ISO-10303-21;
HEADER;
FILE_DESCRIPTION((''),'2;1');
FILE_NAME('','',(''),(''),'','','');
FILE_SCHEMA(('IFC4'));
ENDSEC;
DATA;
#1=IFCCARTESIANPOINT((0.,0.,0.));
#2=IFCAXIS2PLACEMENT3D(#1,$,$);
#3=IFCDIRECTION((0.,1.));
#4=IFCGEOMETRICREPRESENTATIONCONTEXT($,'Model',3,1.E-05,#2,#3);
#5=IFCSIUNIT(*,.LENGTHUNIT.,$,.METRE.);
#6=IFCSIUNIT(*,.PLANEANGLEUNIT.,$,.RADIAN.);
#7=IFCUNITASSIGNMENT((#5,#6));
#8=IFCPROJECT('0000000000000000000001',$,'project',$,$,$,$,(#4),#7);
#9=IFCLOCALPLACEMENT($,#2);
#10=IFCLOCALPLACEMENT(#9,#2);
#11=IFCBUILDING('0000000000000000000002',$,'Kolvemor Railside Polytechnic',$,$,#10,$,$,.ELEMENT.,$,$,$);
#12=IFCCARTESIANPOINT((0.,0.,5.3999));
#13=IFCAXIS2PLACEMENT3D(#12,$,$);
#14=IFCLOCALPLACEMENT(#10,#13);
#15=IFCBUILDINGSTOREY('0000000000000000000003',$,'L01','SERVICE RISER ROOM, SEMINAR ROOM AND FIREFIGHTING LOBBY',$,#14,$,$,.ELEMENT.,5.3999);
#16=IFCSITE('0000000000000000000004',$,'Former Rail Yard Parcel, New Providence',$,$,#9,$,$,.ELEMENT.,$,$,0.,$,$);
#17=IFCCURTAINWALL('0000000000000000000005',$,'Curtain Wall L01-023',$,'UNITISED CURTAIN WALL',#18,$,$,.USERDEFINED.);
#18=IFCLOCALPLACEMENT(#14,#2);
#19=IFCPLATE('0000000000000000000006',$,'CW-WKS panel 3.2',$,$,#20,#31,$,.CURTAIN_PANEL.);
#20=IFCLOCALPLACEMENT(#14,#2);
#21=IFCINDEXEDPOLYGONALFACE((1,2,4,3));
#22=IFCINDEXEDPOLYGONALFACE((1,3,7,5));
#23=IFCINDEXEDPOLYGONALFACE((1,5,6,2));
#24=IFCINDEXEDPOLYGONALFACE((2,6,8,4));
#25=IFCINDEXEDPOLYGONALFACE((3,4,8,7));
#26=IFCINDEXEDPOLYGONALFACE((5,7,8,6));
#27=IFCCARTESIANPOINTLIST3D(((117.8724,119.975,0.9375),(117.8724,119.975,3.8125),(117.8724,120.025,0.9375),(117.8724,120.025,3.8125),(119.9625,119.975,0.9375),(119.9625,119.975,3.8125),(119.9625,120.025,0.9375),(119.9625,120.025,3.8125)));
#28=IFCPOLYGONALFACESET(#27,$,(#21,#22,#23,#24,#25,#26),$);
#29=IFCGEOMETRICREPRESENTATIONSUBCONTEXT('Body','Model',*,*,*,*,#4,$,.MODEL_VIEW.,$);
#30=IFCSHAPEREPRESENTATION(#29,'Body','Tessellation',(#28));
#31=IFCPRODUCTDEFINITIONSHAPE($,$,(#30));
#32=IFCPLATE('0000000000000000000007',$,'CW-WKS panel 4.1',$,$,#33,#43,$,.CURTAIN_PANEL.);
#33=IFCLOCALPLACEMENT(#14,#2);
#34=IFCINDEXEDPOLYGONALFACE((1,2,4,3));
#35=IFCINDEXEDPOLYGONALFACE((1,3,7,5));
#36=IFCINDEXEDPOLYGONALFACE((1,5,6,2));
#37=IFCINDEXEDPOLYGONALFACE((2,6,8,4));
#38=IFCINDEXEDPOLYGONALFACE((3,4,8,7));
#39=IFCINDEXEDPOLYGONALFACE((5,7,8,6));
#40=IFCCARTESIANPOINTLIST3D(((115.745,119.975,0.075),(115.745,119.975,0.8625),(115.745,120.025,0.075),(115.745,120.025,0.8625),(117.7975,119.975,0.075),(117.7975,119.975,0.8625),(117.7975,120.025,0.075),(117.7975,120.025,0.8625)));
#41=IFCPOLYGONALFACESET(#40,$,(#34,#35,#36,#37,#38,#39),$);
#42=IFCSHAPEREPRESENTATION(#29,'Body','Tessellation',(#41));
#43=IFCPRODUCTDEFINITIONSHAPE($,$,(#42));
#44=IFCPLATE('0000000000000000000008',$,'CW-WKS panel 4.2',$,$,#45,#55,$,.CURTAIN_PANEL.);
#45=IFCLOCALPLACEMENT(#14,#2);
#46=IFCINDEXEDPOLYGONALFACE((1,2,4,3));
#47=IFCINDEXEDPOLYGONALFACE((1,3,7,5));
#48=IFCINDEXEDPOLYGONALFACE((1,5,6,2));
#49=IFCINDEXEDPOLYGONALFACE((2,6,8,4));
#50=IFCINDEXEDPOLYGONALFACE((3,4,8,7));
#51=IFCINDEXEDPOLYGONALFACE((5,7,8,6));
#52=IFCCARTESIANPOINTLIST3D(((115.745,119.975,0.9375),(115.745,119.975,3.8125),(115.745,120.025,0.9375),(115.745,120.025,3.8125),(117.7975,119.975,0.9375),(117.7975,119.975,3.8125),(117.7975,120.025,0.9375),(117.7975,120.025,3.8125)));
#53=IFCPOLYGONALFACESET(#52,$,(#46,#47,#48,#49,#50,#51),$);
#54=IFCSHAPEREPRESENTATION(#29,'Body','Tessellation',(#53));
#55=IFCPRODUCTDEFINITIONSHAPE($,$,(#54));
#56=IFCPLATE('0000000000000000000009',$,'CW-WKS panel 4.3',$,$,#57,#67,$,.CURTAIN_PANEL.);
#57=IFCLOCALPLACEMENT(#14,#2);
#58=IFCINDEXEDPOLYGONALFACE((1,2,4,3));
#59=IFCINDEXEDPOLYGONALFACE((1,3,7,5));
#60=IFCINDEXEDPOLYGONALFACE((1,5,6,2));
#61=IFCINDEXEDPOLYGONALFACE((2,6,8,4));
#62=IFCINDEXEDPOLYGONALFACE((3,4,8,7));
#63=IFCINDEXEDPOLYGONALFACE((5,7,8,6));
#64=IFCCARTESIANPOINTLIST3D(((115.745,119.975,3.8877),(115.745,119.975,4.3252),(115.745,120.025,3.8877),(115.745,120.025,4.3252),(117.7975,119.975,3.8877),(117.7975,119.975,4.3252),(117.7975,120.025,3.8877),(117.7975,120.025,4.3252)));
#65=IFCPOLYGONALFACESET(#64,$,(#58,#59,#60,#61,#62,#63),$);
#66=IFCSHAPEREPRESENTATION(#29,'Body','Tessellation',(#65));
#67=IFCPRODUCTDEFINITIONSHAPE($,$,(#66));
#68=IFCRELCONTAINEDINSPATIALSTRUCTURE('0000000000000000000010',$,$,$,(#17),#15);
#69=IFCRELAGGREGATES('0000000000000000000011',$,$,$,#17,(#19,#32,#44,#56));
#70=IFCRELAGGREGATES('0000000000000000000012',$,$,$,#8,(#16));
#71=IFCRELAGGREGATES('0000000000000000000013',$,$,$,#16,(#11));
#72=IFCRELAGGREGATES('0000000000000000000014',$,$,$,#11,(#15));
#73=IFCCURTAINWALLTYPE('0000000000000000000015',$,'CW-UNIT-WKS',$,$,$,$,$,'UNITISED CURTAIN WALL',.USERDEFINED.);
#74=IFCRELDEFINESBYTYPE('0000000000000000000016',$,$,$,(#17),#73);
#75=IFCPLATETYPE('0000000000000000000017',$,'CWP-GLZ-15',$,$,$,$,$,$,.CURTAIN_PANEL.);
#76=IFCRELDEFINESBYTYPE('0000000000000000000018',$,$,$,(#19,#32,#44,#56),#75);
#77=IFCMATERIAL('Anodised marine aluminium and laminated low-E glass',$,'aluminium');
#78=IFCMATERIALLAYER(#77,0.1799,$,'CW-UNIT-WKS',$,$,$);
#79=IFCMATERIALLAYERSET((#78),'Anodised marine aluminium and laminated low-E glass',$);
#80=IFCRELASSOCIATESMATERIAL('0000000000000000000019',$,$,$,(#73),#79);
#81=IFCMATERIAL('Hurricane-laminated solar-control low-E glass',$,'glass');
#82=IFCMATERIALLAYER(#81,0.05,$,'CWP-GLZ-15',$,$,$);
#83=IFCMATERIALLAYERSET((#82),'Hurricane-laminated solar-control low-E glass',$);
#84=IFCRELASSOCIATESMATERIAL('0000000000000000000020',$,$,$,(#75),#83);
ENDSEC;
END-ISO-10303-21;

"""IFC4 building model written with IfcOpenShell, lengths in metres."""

from ifc_helpers import new_model, si_unit, direction, frame, origin, origin_2d, place, context, subcontext, project, spatial, rectangle, extrude, material, layer, layer_set, type_object, element, aggregate, save


model = new_model("IFC4")

# Units and contexts
model_context = context("Model", 3, precision=1e-05, world=origin(), true_north=direction((0.0, 1.0)))
body_context = subcontext(model_context, "Body", "Model", "MODEL_VIEW")
ifc_project = project(units=[si_unit("LENGTHUNIT", "METRE"), si_unit("PLANEANGLEUNIT", "RADIAN")], contexts=[model_context])

# Site, building, storey
site_placement = place(None, origin())
site = spatial("IfcSite", under=ifc_project, at=site_placement, Name="Former Rail Yard Parcel, New Providence", CompositionType="ELEMENT", RefElevation=0.0)
building_placement = place(site_placement, origin())
building = spatial("IfcBuilding", under=site, at=building_placement, Name="Kolvemor Railside Polytechnic", CompositionType="ELEMENT")
storey_placement = place(building_placement, frame((0.0, 0.0, 5.3999)))
storey = spatial("IfcBuildingStorey", under=building, at=storey_placement, Name="L01", Description="SERVICE RISER ROOM, SEMINAR ROOM AND FIREFIGHTING LOBBY", CompositionType="ELEMENT", Elevation=5.3999)

# Curtain wall
ifc_material_1 = material(Name="Anodised marine aluminium and laminated low-E glass", Category="aluminium")
ifc_layer_1 = layer(ifc_material_1, 0.1799, Name="CW-UNIT-WKS")
ifc_layer_set_1 = layer_set([ifc_layer_1], Name="Anodised marine aluminium and laminated low-E glass")
curtain_wall_type = type_object("IfcCurtainWallType", Name="CW-UNIT-WKS", ElementType="UNITISED CURTAIN WALL", PredefinedType="USERDEFINED", material=ifc_layer_set_1)
curtain_wall_1_placement = place(storey_placement, origin())
curtain_wall_1 = element("IfcCurtainWall", 1, at=curtain_wall_1_placement, inside=storey, type_object=curtain_wall_type, Name="Curtain Wall L01-023", ObjectType="UNITISED CURTAIN WALL", PredefinedType="USERDEFINED")

# Plates
ifc_material_2 = material(Name="Hurricane-laminated solar-control low-E glass", Category="glass")
ifc_layer_2 = layer(ifc_material_2, 0.05, Name="CWP-GLZ-15")
ifc_layer_set_2 = layer_set([ifc_layer_2], Name="Hurricane-laminated solar-control low-E glass")
plate_type_1 = type_object("IfcPlateType", Name="CWP-GLZ-15", PredefinedType="CURTAIN_PANEL", material=ifc_layer_set_2)
plate_1_placement = place(storey_placement, frame((118.9175, 120.0, 0.9375), z_axis=(0.0, 0.0, 1.0), x_axis=(-1.0, 0.0, 0.0)))
plate_1 = element("IfcPlate", 2, at=plate_1_placement, type_object=plate_type_1, Name="CW-WKS panel 3.2", PredefinedType="CURTAIN_PANEL", context=body_context, shape_type="SweptSolid", body=[
    extrude(rectangle(XDim=2.0901, YDim=0.05, at=origin_2d()), origin(), (0.0, 0.0, 1.0), 2.875),
])
plate_2_placement = place(storey_placement, frame((116.7712, 120.0, 0.075), z_axis=(0.0, 0.0, 1.0), x_axis=(-1.0, 0.0, 0.0)))
plate_2 = element("IfcPlate", 3, at=plate_2_placement, type_object=plate_type_1, Name="CW-WKS panel 4.1", PredefinedType="CURTAIN_PANEL", context=body_context, shape_type="SweptSolid", body=[
    extrude(rectangle(XDim=2.0525, YDim=0.05, at=origin_2d()), origin(), (0.0, 0.0, 1.0), 0.7876),
])
plate_3_placement = place(storey_placement, frame((116.7712, 120.0, 0.9375), z_axis=(0.0, 0.0, 1.0), x_axis=(-1.0, 0.0, 0.0)))
plate_3 = element("IfcPlate", 4, at=plate_3_placement, type_object=plate_type_1, Name="CW-WKS panel 4.2", PredefinedType="CURTAIN_PANEL", context=body_context, shape_type="SweptSolid", body=[
    extrude(rectangle(XDim=2.0525, YDim=0.05, at=origin_2d()), origin(), (0.0, 0.0, 1.0), 2.875),
])
plate_4_placement = place(storey_placement, frame((116.7712, 120.0, 3.8877), z_axis=(0.0, 0.0, 1.0), x_axis=(-1.0, 0.0, 0.0)))
plate_4 = element("IfcPlate", 5, at=plate_4_placement, type_object=plate_type_1, Name="CW-WKS panel 4.3", PredefinedType="CURTAIN_PANEL", context=body_context, shape_type="SweptSolid", body=[
    extrude(rectangle(XDim=2.0525, YDim=0.05, at=origin_2d()), origin(), (0.0, 0.0, 1.0), 0.4375),
])
aggregate(curtain_wall_1, [plate_1, plate_2, plate_3, plate_4])

save(model, "model.ifc")
